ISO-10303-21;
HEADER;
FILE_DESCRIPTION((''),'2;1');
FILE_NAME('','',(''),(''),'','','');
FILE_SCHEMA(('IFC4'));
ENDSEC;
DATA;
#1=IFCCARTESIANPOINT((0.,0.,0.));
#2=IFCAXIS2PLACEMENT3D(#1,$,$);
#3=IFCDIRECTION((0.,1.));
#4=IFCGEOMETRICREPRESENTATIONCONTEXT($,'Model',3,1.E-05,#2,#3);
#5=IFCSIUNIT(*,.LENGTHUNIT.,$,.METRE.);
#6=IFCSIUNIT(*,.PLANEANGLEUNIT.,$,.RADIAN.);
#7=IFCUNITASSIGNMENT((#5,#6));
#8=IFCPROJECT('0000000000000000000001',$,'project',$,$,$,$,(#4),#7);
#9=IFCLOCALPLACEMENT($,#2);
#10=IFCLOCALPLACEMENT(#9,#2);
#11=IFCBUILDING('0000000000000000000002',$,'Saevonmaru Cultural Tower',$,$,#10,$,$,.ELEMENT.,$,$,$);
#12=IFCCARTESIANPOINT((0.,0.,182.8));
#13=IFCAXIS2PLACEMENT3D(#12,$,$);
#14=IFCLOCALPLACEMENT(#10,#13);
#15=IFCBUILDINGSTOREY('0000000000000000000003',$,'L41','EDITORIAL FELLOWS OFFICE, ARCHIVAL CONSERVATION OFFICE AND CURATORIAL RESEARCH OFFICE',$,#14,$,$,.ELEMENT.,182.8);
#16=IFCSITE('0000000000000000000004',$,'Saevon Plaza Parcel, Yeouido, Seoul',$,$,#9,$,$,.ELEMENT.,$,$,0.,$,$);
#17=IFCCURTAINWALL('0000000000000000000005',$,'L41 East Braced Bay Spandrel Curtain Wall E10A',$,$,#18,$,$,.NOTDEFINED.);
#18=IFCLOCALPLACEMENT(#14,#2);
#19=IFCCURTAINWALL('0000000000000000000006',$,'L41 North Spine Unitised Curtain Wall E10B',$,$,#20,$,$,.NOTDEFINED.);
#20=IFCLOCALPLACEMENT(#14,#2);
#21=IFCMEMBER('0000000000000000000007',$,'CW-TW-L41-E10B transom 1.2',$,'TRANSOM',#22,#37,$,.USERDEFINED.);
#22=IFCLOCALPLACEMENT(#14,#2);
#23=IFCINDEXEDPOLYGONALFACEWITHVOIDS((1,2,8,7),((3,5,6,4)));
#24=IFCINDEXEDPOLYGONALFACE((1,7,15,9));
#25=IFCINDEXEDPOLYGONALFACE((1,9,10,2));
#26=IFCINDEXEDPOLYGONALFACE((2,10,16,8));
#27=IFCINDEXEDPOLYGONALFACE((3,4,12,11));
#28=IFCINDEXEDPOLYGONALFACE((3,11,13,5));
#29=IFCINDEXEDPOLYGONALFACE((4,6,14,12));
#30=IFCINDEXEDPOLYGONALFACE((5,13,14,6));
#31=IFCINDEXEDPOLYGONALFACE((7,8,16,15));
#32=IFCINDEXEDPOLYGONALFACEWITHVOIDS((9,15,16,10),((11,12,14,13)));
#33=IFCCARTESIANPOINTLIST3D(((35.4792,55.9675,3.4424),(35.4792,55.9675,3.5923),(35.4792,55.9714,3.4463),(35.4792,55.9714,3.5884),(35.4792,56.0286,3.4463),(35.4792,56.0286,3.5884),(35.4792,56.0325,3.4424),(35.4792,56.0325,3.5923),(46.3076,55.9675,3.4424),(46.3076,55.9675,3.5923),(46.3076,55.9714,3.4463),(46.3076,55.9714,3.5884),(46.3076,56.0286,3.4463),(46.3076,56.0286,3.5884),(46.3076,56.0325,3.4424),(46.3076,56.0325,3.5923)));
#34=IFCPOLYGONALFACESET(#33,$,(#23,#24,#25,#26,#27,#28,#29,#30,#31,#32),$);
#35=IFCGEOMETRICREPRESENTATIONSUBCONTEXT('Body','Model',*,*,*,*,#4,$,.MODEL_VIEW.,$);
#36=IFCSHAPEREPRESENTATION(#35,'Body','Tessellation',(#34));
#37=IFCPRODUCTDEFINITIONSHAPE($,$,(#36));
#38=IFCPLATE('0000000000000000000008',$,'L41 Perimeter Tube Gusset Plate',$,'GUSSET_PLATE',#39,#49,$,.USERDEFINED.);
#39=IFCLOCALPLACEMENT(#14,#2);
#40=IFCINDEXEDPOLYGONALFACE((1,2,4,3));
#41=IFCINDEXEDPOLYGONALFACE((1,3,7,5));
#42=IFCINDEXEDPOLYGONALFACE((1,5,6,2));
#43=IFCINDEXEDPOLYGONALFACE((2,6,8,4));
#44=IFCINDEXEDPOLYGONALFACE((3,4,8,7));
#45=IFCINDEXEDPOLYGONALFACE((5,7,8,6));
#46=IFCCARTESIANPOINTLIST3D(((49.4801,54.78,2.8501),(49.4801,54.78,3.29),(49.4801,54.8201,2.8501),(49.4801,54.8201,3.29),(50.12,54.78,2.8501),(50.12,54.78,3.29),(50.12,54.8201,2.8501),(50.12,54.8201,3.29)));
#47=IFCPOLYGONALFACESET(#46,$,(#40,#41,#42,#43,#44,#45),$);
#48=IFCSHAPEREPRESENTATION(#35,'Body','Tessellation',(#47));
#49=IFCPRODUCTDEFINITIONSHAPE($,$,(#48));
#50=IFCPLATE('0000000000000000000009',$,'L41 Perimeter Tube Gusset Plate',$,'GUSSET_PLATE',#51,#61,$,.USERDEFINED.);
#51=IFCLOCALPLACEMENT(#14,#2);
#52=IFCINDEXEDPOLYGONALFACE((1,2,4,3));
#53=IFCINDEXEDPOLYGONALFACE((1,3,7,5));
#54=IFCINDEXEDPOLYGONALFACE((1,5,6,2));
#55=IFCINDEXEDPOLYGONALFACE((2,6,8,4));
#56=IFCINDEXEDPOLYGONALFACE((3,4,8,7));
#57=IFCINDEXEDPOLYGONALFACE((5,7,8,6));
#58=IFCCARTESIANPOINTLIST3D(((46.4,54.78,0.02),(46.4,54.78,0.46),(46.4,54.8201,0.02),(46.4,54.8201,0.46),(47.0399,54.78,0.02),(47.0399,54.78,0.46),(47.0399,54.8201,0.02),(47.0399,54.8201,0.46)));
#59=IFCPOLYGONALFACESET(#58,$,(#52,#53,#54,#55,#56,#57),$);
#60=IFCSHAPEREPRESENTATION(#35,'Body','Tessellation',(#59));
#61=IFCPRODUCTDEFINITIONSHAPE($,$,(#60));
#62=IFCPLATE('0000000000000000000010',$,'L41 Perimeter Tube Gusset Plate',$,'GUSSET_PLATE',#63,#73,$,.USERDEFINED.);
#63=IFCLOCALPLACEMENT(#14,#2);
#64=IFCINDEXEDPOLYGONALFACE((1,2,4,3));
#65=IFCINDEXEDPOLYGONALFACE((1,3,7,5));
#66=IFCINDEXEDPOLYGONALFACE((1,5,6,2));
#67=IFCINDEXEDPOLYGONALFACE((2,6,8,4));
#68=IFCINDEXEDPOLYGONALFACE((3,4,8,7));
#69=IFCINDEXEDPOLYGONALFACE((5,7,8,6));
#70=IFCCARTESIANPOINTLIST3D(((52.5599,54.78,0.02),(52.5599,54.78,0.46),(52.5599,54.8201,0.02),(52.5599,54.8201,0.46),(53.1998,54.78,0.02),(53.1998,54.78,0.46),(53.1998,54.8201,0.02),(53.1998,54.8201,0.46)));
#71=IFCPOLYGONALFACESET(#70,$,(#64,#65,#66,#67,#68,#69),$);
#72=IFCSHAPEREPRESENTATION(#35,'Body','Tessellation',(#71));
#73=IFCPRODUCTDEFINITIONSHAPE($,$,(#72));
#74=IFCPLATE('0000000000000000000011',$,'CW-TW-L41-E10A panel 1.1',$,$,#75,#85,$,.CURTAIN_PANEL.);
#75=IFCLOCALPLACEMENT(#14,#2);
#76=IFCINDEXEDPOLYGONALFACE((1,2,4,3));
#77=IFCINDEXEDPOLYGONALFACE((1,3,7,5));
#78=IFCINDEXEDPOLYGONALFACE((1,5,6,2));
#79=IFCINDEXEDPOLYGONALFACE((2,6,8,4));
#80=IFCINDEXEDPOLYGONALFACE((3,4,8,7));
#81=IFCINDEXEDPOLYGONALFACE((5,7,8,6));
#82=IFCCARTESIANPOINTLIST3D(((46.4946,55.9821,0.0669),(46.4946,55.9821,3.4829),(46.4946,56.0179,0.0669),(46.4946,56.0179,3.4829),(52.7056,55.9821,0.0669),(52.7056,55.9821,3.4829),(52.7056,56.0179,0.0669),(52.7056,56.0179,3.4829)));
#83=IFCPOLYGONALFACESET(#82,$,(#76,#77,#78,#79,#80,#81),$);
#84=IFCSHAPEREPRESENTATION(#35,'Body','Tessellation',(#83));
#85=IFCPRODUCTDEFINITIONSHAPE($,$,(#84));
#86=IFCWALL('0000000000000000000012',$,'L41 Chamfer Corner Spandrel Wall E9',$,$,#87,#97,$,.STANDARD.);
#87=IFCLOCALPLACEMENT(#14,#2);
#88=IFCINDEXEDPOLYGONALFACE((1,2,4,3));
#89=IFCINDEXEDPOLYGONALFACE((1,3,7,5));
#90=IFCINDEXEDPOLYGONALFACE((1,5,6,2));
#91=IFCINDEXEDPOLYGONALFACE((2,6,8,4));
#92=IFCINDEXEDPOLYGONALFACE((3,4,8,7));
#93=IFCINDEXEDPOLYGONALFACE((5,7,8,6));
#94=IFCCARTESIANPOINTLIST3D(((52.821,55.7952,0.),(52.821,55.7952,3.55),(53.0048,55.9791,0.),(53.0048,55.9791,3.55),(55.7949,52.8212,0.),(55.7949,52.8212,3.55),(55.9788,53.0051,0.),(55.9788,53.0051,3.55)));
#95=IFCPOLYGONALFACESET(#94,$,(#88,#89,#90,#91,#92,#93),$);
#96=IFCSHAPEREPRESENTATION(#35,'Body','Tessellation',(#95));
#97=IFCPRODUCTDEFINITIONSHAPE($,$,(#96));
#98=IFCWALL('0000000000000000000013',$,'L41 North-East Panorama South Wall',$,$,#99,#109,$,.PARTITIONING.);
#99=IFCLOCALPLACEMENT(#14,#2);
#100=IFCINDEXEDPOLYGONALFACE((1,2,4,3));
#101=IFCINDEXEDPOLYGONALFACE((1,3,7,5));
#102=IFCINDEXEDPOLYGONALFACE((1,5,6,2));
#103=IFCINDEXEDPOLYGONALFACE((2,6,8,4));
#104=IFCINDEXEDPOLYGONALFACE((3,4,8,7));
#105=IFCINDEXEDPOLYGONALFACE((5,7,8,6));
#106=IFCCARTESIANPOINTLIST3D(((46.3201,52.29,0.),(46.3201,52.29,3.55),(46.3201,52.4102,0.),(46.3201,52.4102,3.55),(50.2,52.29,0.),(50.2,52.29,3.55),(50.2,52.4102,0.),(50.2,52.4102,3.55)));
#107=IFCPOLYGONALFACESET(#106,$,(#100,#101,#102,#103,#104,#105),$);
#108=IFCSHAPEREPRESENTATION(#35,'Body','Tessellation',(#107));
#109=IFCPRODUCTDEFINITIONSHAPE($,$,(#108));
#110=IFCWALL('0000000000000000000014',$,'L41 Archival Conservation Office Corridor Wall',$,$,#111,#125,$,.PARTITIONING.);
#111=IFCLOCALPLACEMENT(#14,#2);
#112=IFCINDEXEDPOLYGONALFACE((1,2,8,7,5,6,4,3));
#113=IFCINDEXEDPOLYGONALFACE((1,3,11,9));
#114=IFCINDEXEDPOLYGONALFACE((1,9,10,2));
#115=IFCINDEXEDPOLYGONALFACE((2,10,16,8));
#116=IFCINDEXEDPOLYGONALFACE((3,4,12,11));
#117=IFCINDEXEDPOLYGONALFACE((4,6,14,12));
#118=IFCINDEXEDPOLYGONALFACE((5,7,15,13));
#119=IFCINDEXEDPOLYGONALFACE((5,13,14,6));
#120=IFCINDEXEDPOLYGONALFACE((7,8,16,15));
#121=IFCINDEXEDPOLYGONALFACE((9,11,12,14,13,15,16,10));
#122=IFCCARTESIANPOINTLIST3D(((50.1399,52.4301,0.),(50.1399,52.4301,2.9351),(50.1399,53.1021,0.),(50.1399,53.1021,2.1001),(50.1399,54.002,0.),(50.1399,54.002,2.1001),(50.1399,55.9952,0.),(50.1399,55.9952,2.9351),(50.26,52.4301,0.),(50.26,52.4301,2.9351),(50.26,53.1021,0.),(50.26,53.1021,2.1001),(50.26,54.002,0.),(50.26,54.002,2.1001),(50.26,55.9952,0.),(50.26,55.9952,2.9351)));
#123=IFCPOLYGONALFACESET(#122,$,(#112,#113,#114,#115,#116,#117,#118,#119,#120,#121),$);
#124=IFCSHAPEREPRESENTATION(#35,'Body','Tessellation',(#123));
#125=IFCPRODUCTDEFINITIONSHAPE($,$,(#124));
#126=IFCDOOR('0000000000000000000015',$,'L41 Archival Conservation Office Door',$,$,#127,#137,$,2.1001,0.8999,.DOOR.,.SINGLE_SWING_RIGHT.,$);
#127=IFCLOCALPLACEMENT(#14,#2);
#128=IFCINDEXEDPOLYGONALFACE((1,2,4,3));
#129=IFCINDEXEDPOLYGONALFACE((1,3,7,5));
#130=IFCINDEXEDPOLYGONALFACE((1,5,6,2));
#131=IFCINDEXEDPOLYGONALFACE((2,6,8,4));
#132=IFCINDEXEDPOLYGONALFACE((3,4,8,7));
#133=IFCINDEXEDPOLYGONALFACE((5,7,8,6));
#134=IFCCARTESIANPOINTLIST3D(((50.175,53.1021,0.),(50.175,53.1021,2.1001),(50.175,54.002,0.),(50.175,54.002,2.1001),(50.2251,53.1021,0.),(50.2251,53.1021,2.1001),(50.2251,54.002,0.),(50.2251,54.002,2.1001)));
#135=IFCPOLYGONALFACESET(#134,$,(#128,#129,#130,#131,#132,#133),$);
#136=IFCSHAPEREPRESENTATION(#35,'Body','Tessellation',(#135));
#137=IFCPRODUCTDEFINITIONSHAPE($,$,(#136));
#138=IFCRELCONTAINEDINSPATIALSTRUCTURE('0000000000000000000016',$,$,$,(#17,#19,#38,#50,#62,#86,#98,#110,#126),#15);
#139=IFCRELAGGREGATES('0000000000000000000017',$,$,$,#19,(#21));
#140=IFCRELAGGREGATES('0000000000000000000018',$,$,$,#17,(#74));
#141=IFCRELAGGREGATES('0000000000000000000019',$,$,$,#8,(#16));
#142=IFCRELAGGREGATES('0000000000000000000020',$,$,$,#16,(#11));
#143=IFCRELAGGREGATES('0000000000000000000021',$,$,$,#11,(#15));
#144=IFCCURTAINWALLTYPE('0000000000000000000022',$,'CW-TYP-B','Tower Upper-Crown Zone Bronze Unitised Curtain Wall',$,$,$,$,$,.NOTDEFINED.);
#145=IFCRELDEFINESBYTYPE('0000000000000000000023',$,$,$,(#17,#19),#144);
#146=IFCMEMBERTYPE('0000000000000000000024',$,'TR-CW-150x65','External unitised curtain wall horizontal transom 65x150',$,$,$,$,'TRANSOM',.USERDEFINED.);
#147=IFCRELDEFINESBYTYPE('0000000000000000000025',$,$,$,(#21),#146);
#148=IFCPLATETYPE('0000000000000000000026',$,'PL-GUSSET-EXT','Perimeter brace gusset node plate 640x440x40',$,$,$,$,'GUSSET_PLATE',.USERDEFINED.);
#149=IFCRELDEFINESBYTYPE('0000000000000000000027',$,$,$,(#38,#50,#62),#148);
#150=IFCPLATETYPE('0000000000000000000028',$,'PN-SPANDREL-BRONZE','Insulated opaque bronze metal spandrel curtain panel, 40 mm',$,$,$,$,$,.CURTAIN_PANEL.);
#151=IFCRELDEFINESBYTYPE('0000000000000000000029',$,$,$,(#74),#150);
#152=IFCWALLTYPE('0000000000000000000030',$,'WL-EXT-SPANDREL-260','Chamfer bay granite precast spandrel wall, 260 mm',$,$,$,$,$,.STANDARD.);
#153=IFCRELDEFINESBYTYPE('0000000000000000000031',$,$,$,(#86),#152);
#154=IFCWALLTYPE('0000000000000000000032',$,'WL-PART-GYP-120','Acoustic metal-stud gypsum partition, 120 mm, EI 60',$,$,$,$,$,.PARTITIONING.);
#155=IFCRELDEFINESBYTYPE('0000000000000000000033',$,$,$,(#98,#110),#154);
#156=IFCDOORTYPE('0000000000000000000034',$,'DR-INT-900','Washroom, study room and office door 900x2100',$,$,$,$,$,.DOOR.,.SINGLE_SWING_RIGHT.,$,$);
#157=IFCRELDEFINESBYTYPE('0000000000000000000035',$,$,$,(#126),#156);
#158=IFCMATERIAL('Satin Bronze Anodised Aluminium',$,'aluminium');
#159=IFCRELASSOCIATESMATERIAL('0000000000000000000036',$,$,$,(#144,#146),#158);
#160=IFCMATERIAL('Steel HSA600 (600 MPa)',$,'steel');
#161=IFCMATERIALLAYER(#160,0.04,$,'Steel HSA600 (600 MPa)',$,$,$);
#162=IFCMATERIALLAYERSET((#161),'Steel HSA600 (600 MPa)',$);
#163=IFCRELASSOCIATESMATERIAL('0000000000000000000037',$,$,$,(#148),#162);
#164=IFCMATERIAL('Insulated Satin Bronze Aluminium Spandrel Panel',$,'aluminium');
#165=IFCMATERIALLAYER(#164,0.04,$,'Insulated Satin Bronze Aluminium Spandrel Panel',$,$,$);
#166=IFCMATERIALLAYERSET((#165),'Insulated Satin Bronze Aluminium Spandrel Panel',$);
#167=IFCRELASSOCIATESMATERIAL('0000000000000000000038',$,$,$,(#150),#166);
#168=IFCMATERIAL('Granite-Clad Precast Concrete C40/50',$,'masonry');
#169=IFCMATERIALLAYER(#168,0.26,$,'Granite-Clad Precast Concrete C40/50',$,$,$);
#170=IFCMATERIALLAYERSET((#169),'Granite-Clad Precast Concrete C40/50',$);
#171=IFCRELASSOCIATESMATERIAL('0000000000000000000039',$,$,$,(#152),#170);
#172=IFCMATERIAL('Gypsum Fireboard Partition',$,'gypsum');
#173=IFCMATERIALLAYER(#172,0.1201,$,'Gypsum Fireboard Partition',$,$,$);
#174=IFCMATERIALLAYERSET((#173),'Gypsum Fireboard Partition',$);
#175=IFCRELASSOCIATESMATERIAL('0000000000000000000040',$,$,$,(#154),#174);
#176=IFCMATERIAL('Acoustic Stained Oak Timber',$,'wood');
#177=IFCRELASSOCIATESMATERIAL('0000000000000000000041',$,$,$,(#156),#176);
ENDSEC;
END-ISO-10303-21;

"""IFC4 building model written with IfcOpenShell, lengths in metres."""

from ifc_helpers import new_model, si_unit, direction, frame, frame_2d, origin, origin_2d, place, context, subcontext, project, spatial, rectangle, hollow_rectangle, extrude, material, layer, layer_set, material_profile, profile_set, type_object, element, fill, aggregate, save


model = new_model("IFC4")

# Units and contexts
model_context = context("Model", 3, precision=1e-05, world=origin(), true_north=direction((0.0, 1.0)))
body_context = subcontext(model_context, "Body", "Model", "MODEL_VIEW")
ifc_project = project(units=[si_unit("LENGTHUNIT", "METRE"), si_unit("PLANEANGLEUNIT", "RADIAN")], contexts=[model_context])

# Site, building, storey
site_placement = place(None, origin())
site = spatial("IfcSite", under=ifc_project, at=site_placement, Name="Saevon Plaza Parcel, Yeouido, Seoul", CompositionType="ELEMENT", RefElevation=0.0)
building_placement = place(site_placement, origin())
building = spatial("IfcBuilding", under=site, at=building_placement, Name="Saevonmaru Cultural Tower", CompositionType="ELEMENT")
storey_placement = place(building_placement, frame((0.0, 0.0, 182.8)))
storey = spatial("IfcBuildingStorey", under=building, at=storey_placement, Name="L41", Description="EDITORIAL FELLOWS OFFICE, ARCHIVAL CONSERVATION OFFICE AND CURATORIAL RESEARCH OFFICE", CompositionType="ELEMENT", Elevation=182.8)

# Shared definitions
ifc_material_1 = material(Name="Satin Bronze Anodised Aluminium", Category="aluminium")
curtain_wall_type = type_object("IfcCurtainWallType", Name="CW-TYP-B", Description="Tower Upper-Crown Zone Bronze Unitised Curtain Wall", PredefinedType="NOTDEFINED", material=ifc_material_1)

# Curtain wall
curtain_wall_1_placement = place(storey_placement, origin())
curtain_wall_1 = element("IfcCurtainWall", 1, at=curtain_wall_1_placement, inside=storey, type_object=curtain_wall_type, Name="L41 East Braced Bay Spandrel Curtain Wall E10A", PredefinedType="NOTDEFINED")

# Curtain wall
curtain_wall_2_placement = place(storey_placement, origin())
curtain_wall_2 = element("IfcCurtainWall", 2, at=curtain_wall_2_placement, inside=storey, type_object=curtain_wall_type, Name="L41 North Spine Unitised Curtain Wall E10B", PredefinedType="NOTDEFINED")

# Member
ifc_material_profile_1 = material_profile(ifc_material_1, hollow_rectangle(XDim=0.0649, YDim=0.1499, WallThickness=0.0039, at=origin_2d()), Name="ALU-TRAN-150x65x4")
ifc_profile_set_1 = profile_set([ifc_material_profile_1], Name="Satin Bronze Anodised Aluminium")
member_type_1 = type_object("IfcMemberType", Name="TR-CW-150x65", Description="External unitised curtain wall horizontal transom 65x150", ElementType="TRANSOM", PredefinedType="USERDEFINED", material=ifc_profile_set_1)
member_1_placement = place(storey_placement, frame((46.3076, 56.0, 3.5173), z_axis=(-1.0, 0.0, 0.0), x_axis=(0.0, -1.0, 0.0)))
member_1 = element("IfcMember", 3, at=member_1_placement, type_object=member_type_1, Name="CW-TW-L41-E10B transom 1.2", ObjectType="TRANSOM", PredefinedType="USERDEFINED", context=body_context, shape_type="SweptSolid", body=[
    extrude(hollow_rectangle(XDim=0.0649, YDim=0.1499, WallThickness=0.0039, at=origin_2d()), origin(), (0.0, 0.0, 1.0), 10.8284),
])
aggregate(curtain_wall_2, [member_1])

# Plates
ifc_material_2 = material(Name="Steel HSA600 (600 MPa)", Category="steel")
ifc_layer_1 = layer(ifc_material_2, 0.04, Name="Steel HSA600 (600 MPa)")
ifc_layer_set_1 = layer_set([ifc_layer_1], Name="Steel HSA600 (600 MPa)")
plate_type_1 = type_object("IfcPlateType", Name="PL-GUSSET-EXT", Description="Perimeter brace gusset node plate 640x440x40", ElementType="GUSSET_PLATE", PredefinedType="USERDEFINED", material=ifc_layer_set_1)
for number, where, z_axis, x_axis, name in (
    (4, (49.8, 54.8, 2.8501), (0.0, 0.0, 1.0), (1.0, 0.0, 0.0), "L41 Perimeter Tube Gusset Plate"),
    (5, (46.72, 54.8, 0.02), (0.0, 0.0, 1.0), (1.0, 0.0, 0.0), "L41 Perimeter Tube Gusset Plate"),
    (6, (52.8799, 54.8, 0.02), (0.0, 0.0, 1.0), (1.0, 0.0, 0.0), "L41 Perimeter Tube Gusset Plate"),
):
    element("IfcPlate", number, at=place(storey_placement, frame(where, z_axis=z_axis, x_axis=x_axis)), inside=storey, type_object=plate_type_1, Name=name, ObjectType="GUSSET_PLATE", PredefinedType="USERDEFINED", context=body_context, shape_type="SweptSolid", body=[
        extrude(rectangle(XDim=0.6399, YDim=0.04, at=origin_2d()), origin(), (0.0, 0.0, 1.0), 0.4399),
    ])

# Plate
ifc_material_3 = material(Name="Insulated Satin Bronze Aluminium Spandrel Panel", Category="aluminium")
ifc_layer_2 = layer(ifc_material_3, 0.04, Name="Insulated Satin Bronze Aluminium Spandrel Panel")
ifc_layer_set_2 = layer_set([ifc_layer_2], Name="Insulated Satin Bronze Aluminium Spandrel Panel")
plate_type_2 = type_object("IfcPlateType", Name="PN-SPANDREL-BRONZE", Description="Insulated opaque bronze metal spandrel curtain panel, 40 mm", PredefinedType="CURTAIN_PANEL", material=ifc_layer_set_2)
plate_placement = place(storey_placement, frame((49.6001, 56.0, 0.0669), z_axis=(0.0, 0.0, 1.0), x_axis=(-1.0, 0.0, 0.0)))
plate = element("IfcPlate", 7, at=plate_placement, type_object=plate_type_2, Name="CW-TW-L41-E10A panel 1.1", PredefinedType="CURTAIN_PANEL", context=body_context, shape_type="SweptSolid", body=[
    extrude(rectangle(XDim=6.2109, YDim=0.0359, at=origin_2d()), origin(), (0.0, 0.0, 1.0), 3.416),
])
aggregate(curtain_wall_1, [plate])

# Walls
ifc_material_4 = material(Name="Granite-Clad Precast Concrete C40/50", Category="masonry")
ifc_layer_3 = layer(ifc_material_4, 0.26, Name="Granite-Clad Precast Concrete C40/50")
ifc_layer_set_3 = layer_set([ifc_layer_3], Name="Granite-Clad Precast Concrete C40/50")
wall_type_1 = type_object("IfcWallType", Name="WL-EXT-SPANDREL-260", Description="Chamfer bay granite precast spandrel wall, 260 mm", PredefinedType="STANDARD", material=ifc_layer_set_3)
wall_1_placement = place(storey_placement, frame((55.887, 52.9131, 0.0), z_axis=(0.0, 0.0, 1.0), x_axis=(-0.707107, 0.707107, 0.0)))
element("IfcWall", 8, at=wall_1_placement, inside=storey, type_object=wall_type_1, Name="L41 Chamfer Corner Spandrel Wall E9", PredefinedType="STANDARD", context=body_context, shape_type="SweptSolid", body=[
    extrude(rectangle(XDim=4.2058, YDim=0.26, at=frame_2d((2.103, 0.0))), origin(), (0.0, 0.0, 1.0), 3.55),
])
ifc_material_5 = material(Name="Gypsum Fireboard Partition", Category="gypsum")
ifc_layer_4 = layer(ifc_material_5, 0.1201, Name="Gypsum Fireboard Partition")
ifc_layer_set_4 = layer_set([ifc_layer_4], Name="Gypsum Fireboard Partition")
wall_type_2 = type_object("IfcWallType", Name="WL-PART-GYP-120", Description="Acoustic metal-stud gypsum partition, 120 mm, EI 60", PredefinedType="PARTITIONING", material=ifc_layer_set_4)
wall_2_placement = place(storey_placement, frame((46.3201, 52.3501, 0.0), z_axis=(0.0, 0.0, 1.0), x_axis=(1.0, 0.0, 0.0)))
element("IfcWall", 9, at=wall_2_placement, inside=storey, type_object=wall_type_2, Name="L41 North-East Panorama South Wall", PredefinedType="PARTITIONING", context=body_context, shape_type="SweptSolid", body=[
    extrude(rectangle(XDim=3.8799, YDim=0.1201, at=frame_2d((1.9399, 0.0))), origin(), (0.0, 0.0, 1.0), 3.55),
])

# Wall, opening, door
wall_3_placement = place(storey_placement, frame((50.2, 52.4299, 0.0), z_axis=(0.0, 0.0, 1.0), x_axis=(0.0, 1.0, 0.0)))
wall_3 = element("IfcWall", 10, at=wall_3_placement, inside=storey, type_object=wall_type_2, Name="L41 Archival Conservation Office Corridor Wall", PredefinedType="PARTITIONING", context=body_context, shape_type="SweptSolid", body=[
    extrude(rectangle(XDim=3.5652, YDim=0.1201, at=frame_2d((1.7827, 0.0))), origin(), (0.0, 0.0, 1.0), 2.9351),
])
opening_placement = place(wall_3_placement, frame((0.6721, 0.0, 0.0)))
opening = element("IfcOpeningElement", 11, at=opening_placement, cuts=wall_3, PredefinedType="OPENING", context=body_context, shape_type="SweptSolid", body=[
    extrude(rectangle(XDim=0.8999, YDim=2.1001, at=frame_2d((0.45, 1.05))), frame((0.0, 0.0701, 0.0), z_axis=(0.0, -1.0, 0.0), x_axis=(1.0, 0.0, 0.0)), (0.0, 0.0, 1.0), 0.1401),
])
ifc_material_6 = material(Name="Acoustic Stained Oak Timber", Category="wood")
door_type = type_object("IfcDoorType", Name="DR-INT-900", Description="Washroom, study room and office door 900x2100", OperationType="SINGLE_SWING_RIGHT", PredefinedType="DOOR", material=ifc_material_6)
door_placement = place(opening_placement, origin())
door = element("IfcDoor", 12, at=door_placement, inside=storey, type_object=door_type, Name="L41 Archival Conservation Office Door", OperationType="SINGLE_SWING_RIGHT", OverallHeight=2.1001, OverallWidth=0.8999, PredefinedType="DOOR", context=body_context, shape_type="SweptSolid", body=[
    extrude(rectangle(XDim=0.8999, YDim=2.1001, at=frame_2d((0.45, 1.05))), frame((0.0, 0.0249, 0.0), z_axis=(0.0, -1.0, 0.0), x_axis=(1.0, 0.0, 0.0)), (0.0, 0.0, 1.0), 0.05),
])
fill(opening, door)

save(model, "model.ifc")
